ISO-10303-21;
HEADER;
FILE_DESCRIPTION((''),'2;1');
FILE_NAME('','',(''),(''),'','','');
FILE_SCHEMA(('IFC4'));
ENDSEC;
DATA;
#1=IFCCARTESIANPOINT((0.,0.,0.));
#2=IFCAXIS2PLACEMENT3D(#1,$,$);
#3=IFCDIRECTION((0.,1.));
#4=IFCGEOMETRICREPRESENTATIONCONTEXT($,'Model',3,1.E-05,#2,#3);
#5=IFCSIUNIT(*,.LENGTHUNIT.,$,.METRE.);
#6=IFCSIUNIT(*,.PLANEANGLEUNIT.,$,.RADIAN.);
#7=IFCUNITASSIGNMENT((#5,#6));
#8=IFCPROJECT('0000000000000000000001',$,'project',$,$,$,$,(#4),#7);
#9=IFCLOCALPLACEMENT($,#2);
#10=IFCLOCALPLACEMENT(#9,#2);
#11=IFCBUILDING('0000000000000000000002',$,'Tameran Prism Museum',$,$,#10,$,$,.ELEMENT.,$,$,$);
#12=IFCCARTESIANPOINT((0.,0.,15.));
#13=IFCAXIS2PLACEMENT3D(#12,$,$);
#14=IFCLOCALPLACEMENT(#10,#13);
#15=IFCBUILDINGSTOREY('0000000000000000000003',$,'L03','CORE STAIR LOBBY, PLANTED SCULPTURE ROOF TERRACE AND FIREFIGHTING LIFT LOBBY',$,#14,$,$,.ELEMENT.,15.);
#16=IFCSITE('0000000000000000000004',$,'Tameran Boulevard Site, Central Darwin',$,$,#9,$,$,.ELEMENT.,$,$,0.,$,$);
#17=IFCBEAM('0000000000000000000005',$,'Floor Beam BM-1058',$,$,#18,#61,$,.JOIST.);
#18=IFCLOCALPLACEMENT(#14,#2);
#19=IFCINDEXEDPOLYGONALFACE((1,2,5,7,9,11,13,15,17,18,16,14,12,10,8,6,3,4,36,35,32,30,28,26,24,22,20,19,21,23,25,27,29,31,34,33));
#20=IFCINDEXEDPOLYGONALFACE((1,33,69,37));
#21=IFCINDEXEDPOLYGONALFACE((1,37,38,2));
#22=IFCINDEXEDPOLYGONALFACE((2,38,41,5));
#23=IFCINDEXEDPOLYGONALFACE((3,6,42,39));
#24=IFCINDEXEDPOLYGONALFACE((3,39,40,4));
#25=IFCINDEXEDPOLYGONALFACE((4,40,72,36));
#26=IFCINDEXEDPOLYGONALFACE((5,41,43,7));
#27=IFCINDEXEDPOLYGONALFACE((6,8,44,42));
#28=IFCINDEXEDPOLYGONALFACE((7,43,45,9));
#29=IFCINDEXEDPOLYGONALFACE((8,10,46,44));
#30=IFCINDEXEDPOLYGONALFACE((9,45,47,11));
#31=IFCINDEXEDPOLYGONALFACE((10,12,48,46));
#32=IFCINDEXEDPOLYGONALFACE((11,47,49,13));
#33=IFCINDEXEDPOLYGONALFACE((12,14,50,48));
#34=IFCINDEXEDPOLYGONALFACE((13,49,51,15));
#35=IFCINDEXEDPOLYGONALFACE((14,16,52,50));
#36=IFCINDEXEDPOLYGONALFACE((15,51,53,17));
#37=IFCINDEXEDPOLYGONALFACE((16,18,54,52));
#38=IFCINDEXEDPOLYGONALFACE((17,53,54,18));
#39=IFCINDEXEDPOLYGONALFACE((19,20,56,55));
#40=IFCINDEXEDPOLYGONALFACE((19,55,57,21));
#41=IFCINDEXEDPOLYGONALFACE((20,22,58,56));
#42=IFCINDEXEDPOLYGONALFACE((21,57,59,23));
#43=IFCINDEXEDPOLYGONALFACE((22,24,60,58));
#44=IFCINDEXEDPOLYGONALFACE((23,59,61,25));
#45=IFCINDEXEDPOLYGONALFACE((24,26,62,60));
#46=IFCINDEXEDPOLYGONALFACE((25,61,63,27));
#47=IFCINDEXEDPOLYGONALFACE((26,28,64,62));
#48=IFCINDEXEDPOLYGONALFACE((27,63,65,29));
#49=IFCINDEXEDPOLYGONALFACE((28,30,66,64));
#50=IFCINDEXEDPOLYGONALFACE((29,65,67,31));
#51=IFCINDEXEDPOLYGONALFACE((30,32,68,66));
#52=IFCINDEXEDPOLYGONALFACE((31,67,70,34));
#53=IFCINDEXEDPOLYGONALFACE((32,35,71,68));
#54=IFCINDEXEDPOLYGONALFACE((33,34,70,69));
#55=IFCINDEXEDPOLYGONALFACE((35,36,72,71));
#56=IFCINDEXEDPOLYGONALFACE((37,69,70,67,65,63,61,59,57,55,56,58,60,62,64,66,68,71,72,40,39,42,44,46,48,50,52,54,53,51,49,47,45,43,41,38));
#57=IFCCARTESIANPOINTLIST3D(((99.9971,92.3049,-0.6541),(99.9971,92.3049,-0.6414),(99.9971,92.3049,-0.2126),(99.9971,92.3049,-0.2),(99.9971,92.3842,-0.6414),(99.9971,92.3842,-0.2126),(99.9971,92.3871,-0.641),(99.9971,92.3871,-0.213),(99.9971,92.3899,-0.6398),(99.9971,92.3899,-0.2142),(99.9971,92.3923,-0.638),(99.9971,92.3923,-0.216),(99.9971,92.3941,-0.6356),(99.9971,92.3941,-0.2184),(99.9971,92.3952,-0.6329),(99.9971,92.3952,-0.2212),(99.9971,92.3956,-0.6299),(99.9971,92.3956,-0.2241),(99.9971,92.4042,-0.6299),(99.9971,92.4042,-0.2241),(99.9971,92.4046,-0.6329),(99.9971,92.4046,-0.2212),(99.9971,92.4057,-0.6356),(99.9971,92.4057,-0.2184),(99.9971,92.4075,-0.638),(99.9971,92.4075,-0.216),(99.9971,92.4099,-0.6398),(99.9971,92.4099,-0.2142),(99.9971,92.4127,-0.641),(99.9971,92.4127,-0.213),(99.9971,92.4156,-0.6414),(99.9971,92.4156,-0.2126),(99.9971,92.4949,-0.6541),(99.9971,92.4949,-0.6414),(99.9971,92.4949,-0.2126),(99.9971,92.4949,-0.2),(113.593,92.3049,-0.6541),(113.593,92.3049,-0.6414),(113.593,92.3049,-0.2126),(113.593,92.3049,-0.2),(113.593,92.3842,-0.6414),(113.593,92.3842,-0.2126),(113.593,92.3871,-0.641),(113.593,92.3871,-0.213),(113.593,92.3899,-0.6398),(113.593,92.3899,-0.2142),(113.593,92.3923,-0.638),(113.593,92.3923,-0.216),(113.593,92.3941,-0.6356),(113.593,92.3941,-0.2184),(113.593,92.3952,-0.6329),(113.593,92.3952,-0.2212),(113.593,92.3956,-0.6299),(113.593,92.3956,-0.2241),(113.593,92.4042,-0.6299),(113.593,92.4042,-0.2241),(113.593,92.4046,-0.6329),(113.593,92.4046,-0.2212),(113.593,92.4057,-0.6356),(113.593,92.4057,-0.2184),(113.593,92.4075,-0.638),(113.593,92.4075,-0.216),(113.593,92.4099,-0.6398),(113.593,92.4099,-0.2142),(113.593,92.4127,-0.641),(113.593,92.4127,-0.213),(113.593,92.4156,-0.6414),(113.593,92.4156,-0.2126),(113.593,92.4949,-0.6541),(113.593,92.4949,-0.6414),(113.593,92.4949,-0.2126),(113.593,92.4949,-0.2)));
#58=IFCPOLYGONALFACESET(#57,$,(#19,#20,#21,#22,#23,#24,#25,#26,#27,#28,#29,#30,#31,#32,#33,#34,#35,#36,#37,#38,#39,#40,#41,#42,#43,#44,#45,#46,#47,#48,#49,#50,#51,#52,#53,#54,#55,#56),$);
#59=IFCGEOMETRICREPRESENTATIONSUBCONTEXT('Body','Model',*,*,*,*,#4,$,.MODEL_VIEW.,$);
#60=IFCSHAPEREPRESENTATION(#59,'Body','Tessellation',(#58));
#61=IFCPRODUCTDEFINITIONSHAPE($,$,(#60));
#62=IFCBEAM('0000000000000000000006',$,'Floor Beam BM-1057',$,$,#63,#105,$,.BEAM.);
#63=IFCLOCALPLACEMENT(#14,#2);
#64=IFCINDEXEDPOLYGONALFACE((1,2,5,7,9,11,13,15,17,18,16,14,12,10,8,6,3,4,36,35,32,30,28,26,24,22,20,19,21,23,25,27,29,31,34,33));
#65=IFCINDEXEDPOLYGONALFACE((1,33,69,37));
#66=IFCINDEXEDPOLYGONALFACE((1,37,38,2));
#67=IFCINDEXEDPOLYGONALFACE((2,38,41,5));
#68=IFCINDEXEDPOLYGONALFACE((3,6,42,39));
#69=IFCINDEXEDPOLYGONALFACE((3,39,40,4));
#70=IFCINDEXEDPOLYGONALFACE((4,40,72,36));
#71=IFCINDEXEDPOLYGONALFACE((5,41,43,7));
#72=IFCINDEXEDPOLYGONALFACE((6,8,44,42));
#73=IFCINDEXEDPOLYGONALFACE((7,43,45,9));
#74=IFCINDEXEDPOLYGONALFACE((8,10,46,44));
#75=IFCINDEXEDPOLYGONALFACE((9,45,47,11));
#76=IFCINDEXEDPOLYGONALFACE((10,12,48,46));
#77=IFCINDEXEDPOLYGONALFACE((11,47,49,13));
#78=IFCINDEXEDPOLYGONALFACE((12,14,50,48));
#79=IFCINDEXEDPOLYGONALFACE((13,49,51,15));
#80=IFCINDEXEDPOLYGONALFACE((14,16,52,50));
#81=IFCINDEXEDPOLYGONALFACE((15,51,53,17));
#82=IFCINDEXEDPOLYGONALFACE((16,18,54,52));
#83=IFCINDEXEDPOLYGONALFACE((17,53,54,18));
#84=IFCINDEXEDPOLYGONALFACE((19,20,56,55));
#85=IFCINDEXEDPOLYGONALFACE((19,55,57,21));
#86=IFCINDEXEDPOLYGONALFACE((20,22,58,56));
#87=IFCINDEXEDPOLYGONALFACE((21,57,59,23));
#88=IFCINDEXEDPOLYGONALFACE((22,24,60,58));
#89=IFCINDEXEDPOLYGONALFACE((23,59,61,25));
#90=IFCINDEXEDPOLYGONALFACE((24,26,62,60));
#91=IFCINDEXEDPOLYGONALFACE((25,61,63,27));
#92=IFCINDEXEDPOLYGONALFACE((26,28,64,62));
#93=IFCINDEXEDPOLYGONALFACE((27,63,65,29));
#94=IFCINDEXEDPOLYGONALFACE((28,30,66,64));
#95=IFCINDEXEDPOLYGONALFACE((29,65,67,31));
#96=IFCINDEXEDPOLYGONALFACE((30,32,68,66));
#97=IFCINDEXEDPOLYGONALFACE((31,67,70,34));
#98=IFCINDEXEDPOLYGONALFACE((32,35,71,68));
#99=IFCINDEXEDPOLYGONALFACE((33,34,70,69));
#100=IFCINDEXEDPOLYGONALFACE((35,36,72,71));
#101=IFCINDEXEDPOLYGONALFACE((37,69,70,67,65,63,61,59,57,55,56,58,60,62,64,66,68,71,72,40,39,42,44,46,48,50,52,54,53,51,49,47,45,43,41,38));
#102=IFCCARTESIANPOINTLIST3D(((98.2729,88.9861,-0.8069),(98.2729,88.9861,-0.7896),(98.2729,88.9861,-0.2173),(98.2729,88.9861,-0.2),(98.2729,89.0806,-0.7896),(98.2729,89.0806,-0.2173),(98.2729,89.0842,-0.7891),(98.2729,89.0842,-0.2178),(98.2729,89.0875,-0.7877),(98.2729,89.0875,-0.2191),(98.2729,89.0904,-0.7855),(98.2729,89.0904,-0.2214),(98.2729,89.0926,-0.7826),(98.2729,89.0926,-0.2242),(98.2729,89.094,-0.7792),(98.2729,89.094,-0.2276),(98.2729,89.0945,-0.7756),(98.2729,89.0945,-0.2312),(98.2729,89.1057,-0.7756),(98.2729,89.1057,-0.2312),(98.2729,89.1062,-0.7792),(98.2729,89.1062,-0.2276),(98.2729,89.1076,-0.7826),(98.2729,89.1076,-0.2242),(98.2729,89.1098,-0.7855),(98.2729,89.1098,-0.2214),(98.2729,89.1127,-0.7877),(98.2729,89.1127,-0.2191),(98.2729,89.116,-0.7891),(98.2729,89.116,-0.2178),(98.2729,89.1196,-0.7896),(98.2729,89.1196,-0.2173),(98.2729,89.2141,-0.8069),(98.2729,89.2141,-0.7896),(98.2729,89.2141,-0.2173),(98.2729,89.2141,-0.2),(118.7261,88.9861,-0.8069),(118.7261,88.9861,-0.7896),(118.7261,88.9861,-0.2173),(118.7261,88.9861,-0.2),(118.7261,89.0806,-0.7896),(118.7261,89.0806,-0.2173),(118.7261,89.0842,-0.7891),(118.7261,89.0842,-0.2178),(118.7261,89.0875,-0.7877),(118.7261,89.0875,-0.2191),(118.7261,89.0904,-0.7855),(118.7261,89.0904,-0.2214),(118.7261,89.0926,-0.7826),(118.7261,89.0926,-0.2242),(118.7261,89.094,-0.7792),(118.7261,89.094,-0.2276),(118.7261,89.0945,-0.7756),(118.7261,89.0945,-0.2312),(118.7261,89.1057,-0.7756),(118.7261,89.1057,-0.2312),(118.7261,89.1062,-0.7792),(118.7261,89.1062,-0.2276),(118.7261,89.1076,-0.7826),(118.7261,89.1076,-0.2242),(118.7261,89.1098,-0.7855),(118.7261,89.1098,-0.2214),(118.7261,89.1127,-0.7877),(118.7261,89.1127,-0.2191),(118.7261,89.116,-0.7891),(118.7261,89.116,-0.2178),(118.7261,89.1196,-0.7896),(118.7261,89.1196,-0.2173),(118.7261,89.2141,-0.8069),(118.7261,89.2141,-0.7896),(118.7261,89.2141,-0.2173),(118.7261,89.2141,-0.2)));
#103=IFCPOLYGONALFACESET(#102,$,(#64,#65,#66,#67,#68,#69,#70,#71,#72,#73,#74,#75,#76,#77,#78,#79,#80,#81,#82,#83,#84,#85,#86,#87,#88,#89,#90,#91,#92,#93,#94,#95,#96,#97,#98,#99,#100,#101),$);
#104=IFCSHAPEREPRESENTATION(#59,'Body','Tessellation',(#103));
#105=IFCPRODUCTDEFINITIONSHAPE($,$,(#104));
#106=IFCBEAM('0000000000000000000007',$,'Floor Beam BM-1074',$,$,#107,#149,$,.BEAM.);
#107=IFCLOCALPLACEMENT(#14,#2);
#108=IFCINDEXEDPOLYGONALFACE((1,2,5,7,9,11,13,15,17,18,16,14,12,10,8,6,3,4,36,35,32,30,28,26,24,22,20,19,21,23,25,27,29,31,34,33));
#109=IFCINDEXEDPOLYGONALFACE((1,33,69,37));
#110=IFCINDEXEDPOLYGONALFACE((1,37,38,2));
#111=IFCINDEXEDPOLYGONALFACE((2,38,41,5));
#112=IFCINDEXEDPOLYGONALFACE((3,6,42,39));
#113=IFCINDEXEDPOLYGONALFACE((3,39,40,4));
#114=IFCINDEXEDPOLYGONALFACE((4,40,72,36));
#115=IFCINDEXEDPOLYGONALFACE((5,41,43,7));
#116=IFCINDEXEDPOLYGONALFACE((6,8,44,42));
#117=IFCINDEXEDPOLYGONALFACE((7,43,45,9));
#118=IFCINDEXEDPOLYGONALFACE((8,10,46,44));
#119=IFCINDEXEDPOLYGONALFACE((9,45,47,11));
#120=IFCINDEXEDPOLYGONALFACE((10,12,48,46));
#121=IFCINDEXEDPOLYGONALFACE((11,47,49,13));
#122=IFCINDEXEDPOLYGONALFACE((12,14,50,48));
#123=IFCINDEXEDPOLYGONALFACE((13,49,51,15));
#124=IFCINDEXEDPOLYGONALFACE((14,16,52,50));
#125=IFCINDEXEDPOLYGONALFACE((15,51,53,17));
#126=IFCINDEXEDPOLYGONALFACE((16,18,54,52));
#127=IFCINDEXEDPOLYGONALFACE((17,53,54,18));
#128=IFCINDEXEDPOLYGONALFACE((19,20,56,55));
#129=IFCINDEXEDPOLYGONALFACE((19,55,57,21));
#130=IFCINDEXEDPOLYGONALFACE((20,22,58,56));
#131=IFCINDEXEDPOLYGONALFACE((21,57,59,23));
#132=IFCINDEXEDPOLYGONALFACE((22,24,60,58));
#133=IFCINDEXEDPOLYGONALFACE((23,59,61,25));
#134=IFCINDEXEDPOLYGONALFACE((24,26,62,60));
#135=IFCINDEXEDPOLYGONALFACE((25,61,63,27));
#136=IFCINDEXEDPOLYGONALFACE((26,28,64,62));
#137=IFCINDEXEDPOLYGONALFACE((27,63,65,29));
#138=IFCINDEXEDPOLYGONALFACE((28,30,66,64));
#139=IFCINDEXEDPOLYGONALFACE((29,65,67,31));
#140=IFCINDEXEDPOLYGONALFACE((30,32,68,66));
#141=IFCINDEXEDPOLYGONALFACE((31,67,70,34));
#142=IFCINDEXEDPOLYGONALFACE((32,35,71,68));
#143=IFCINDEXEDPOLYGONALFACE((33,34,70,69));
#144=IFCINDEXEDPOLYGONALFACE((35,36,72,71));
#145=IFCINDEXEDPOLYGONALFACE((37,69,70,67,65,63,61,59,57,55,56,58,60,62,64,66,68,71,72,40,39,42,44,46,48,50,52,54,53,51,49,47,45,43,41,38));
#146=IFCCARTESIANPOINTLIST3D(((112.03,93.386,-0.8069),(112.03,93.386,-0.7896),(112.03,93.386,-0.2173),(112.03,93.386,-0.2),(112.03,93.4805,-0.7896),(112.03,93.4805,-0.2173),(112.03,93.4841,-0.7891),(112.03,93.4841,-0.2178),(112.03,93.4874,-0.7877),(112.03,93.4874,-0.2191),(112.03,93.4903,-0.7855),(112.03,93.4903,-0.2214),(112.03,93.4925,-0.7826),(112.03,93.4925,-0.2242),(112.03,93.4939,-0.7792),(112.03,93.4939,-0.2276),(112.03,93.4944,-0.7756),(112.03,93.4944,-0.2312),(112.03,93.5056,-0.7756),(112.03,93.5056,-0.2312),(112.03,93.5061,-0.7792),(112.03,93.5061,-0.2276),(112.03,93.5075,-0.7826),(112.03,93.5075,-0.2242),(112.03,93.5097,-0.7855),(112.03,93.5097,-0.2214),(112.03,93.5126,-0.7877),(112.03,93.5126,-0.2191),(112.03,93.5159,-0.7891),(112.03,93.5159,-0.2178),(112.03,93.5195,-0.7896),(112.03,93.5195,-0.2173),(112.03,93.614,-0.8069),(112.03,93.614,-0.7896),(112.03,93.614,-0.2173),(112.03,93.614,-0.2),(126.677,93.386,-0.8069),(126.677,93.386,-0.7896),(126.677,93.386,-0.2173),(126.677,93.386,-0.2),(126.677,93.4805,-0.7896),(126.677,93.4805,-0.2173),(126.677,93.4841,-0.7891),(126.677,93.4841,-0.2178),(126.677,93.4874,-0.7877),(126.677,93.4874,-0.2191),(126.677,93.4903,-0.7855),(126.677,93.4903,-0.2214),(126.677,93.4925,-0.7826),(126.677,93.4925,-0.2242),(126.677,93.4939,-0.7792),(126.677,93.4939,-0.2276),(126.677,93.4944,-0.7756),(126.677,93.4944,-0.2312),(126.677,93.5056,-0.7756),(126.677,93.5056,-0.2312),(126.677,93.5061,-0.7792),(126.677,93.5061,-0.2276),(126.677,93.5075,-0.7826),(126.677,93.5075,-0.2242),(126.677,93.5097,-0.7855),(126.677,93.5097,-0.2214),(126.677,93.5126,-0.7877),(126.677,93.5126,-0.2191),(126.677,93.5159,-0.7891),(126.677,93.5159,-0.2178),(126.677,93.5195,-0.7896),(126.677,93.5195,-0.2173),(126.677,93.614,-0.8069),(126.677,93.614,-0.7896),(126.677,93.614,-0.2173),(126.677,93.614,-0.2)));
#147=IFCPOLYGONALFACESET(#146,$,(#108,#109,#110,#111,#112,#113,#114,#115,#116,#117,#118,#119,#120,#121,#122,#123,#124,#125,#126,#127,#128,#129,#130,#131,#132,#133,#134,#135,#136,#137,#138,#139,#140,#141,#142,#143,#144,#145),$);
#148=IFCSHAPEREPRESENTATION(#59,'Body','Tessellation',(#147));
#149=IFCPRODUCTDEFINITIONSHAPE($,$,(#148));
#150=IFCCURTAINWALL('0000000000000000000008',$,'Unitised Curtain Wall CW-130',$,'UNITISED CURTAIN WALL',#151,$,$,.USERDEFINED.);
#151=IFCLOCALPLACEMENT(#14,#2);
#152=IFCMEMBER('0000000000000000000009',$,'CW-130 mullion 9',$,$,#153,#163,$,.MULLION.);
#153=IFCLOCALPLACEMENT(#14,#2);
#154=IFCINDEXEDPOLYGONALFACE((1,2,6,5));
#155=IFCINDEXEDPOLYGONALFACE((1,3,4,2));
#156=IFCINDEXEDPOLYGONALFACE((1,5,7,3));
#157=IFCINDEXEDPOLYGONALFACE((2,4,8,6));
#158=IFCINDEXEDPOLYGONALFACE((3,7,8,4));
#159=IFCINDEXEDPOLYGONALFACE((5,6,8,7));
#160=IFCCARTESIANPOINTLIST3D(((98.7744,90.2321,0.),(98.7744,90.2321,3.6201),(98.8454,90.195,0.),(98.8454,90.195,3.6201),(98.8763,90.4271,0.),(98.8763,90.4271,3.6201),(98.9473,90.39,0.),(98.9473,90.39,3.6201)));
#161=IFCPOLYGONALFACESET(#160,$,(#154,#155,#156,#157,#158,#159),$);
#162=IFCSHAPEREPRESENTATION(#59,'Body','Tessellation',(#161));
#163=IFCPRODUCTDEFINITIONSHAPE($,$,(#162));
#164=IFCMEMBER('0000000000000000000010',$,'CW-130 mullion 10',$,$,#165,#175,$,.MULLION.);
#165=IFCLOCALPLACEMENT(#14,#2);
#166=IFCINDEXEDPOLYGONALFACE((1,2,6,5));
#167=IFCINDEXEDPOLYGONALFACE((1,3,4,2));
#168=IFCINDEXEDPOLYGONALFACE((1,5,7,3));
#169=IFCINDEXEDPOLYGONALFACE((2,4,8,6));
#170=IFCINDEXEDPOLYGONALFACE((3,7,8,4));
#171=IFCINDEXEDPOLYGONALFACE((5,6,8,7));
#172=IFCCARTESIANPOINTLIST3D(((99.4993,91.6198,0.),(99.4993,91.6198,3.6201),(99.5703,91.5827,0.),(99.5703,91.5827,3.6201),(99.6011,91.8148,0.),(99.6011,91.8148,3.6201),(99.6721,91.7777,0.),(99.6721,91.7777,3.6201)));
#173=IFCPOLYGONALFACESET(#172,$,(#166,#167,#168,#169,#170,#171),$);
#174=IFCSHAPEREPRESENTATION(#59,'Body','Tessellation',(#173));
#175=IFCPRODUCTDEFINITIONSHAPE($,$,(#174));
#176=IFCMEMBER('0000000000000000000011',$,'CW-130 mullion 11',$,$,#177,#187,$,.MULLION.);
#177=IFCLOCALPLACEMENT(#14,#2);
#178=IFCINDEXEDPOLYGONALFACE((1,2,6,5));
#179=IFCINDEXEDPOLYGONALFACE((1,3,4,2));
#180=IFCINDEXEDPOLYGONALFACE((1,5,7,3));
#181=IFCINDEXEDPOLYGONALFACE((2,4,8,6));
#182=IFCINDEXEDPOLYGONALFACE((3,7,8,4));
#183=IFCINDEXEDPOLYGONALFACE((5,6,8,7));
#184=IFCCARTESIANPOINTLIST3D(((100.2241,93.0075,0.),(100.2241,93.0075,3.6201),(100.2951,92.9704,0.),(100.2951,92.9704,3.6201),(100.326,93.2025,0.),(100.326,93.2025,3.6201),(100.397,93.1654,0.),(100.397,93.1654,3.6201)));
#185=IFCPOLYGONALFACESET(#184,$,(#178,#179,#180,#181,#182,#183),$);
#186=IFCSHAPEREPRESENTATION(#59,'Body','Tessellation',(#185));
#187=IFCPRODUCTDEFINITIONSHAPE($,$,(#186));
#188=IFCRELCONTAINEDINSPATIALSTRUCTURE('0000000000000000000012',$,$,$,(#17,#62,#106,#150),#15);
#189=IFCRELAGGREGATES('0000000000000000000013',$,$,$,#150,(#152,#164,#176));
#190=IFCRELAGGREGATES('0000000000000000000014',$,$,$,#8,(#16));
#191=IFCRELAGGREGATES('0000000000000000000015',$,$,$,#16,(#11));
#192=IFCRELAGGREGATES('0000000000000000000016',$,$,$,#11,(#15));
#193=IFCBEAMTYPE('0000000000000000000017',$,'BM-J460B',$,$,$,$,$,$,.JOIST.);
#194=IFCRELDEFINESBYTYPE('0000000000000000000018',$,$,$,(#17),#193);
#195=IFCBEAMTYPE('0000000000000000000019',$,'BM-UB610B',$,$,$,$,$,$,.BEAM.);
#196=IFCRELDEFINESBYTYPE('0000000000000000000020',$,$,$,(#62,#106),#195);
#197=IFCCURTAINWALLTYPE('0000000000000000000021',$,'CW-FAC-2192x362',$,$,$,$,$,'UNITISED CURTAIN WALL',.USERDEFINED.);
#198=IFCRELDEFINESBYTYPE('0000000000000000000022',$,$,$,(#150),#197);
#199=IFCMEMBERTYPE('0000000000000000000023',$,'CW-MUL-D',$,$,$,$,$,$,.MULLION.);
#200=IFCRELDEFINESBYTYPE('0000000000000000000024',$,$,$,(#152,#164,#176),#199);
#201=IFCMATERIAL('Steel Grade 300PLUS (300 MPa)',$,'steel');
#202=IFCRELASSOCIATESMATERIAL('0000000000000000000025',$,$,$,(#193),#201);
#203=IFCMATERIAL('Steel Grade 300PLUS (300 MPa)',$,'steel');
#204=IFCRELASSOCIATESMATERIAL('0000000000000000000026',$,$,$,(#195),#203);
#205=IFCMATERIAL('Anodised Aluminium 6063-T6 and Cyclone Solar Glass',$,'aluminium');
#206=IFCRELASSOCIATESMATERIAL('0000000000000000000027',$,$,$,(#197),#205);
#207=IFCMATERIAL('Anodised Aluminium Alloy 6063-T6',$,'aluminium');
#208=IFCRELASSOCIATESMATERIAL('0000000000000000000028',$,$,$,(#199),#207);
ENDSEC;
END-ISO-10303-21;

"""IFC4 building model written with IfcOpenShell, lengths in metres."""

from ifc_helpers import new_model, si_unit, direction, frame, origin, origin_2d, place, context, subcontext, project, spatial, rectangle, i_section, extrude, material, material_profile, profile_set, type_object, element, aggregate, save


model = new_model("IFC4")

# Units and contexts
model_context = context("Model", 3, precision=1e-05, world=origin(), true_north=direction((0.0, 1.0)))
body_context = subcontext(model_context, "Body", "Model", "MODEL_VIEW")
ifc_project = project(units=[si_unit("LENGTHUNIT", "METRE"), si_unit("PLANEANGLEUNIT", "RADIAN")], contexts=[model_context])

# Site, building, storey
site_placement = place(None, origin())
site = spatial("IfcSite", under=ifc_project, at=site_placement, Name="Tameran Boulevard Site, Central Darwin", CompositionType="ELEMENT", RefElevation=0.0)
building_placement = place(site_placement, origin())
building = spatial("IfcBuilding", under=site, at=building_placement, Name="Tameran Prism Museum", CompositionType="ELEMENT")
storey_placement = place(building_placement, frame((0.0, 0.0, 15.0)))
storey = spatial("IfcBuildingStorey", under=building, at=storey_placement, Name="L03", Description="CORE STAIR LOBBY, PLANTED SCULPTURE ROOF TERRACE AND FIREFIGHTING LIFT LOBBY", CompositionType="ELEMENT", Elevation=15.0)

# Beams
ifc_material_1 = material(Name="Steel Grade 300PLUS (300 MPa)", Category="steel")
ifc_material_profile_1 = material_profile(ifc_material_1, i_section(OverallWidth=0.1899, OverallDepth=0.4541, WebThickness=0.0085, FlangeThickness=0.0127, FilletRadius=0.0115, at=origin_2d()))
ifc_profile_set_1 = profile_set([ifc_material_profile_1])
beam_type_1 = type_object("IfcBeamType", Name="BM-J460B", PredefinedType="JOIST", material=ifc_profile_set_1)
beam_1_placement = place(storey_placement, frame((99.9971, 92.3999, -0.427), z_axis=(1.0, 0.0, 0.0), x_axis=(0.0, 1.0, 0.0)))
element("IfcBeam", 1, at=beam_1_placement, inside=storey, type_object=beam_type_1, Name="Floor Beam BM-1058", PredefinedType="JOIST", context=body_context, shape_type="SweptSolid", body=[
    extrude(i_section(OverallWidth=0.1899, OverallDepth=0.4541, WebThickness=0.0085, FlangeThickness=0.0127, FilletRadius=0.0115, at=origin_2d()), origin(), (0.0, 0.0, 1.0), 13.5959),
])
ifc_material_2 = material(Name="Steel Grade 300PLUS (300 MPa)", Category="steel")
ifc_material_profile_2 = material_profile(ifc_material_2, i_section(OverallWidth=0.228, OverallDepth=0.6069, WebThickness=0.0112, FlangeThickness=0.0173, FilletRadius=0.0139, at=origin_2d()))
ifc_profile_set_2 = profile_set([ifc_material_profile_2])
beam_type_2 = type_object("IfcBeamType", Name="BM-UB610B", PredefinedType="BEAM", material=ifc_profile_set_2)
beam_2_placement = place(storey_placement, frame((98.2729, 89.1001, -0.5034), z_axis=(1.0, 0.0, 0.0), x_axis=(0.0, 1.0, 0.0)))
element("IfcBeam", 2, at=beam_2_placement, inside=storey, type_object=beam_type_2, Name="Floor Beam BM-1057", PredefinedType="BEAM", context=body_context, shape_type="SweptSolid", body=[
    extrude(i_section(OverallWidth=0.228, OverallDepth=0.6069, WebThickness=0.0112, FlangeThickness=0.0173, FilletRadius=0.0139, at=origin_2d()), origin(), (0.0, 0.0, 1.0), 20.4531),
])
beam_3_placement = place(storey_placement, frame((112.03, 93.5, -0.5034), z_axis=(1.0, 0.0, 0.0), x_axis=(0.0, 1.0, 0.0)))
element("IfcBeam", 3, at=beam_3_placement, inside=storey, type_object=beam_type_2, Name="Floor Beam BM-1074", PredefinedType="BEAM", context=body_context, shape_type="SweptSolid", body=[
    extrude(i_section(OverallWidth=0.228, OverallDepth=0.6069, WebThickness=0.0112, FlangeThickness=0.0173, FilletRadius=0.0139, at=origin_2d()), origin(), (0.0, 0.0, 1.0), 14.647),
])

# Curtain wall, members
ifc_material_3 = material(Name="Anodised Aluminium 6063-T6 and Cyclone Solar Glass", Category="aluminium")
curtain_wall_type = type_object("IfcCurtainWallType", Name="CW-FAC-2192x362", ElementType="UNITISED CURTAIN WALL", PredefinedType="USERDEFINED", material=ifc_material_3)
curtain_wall_placement = place(storey_placement, origin())
curtain_wall = element("IfcCurtainWall", 4, at=curtain_wall_placement, inside=storey, type_object=curtain_wall_type, Name="Unitised Curtain Wall CW-130", ObjectType="UNITISED CURTAIN WALL", PredefinedType="USERDEFINED")
ifc_material_4 = material(Name="Anodised Aluminium Alloy 6063-T6", Category="aluminium")
ifc_material_profile_3 = material_profile(ifc_material_4, rectangle(XDim=0.0801, YDim=0.22, at=origin_2d()))
ifc_profile_set_3 = profile_set([ifc_material_profile_3])
member_type_1 = type_object("IfcMemberType", Name="CW-MUL-D", PredefinedType="MULLION", material=ifc_profile_set_3)
member_1_placement = place(storey_placement, frame((98.8608, 90.311, 0.0), z_axis=(0.0, 0.0, 1.0), x_axis=(-0.886357, 0.463003, 0.0)))
member_1 = element("IfcMember", 5, at=member_1_placement, type_object=member_type_1, Name="CW-130 mullion 9", PredefinedType="MULLION", context=body_context, shape_type="SweptSolid", body=[
    extrude(rectangle(XDim=0.0801, YDim=0.22, at=origin_2d()), origin(), (0.0, 0.0, 1.0), 3.6201),
])
member_2_placement = place(storey_placement, frame((99.5857, 91.6987, 0.0), z_axis=(0.0, 0.0, 1.0), x_axis=(-0.886357, 0.463003, 0.0)))
member_2 = element("IfcMember", 6, at=member_2_placement, type_object=member_type_1, Name="CW-130 mullion 10", PredefinedType="MULLION", context=body_context, shape_type="SweptSolid", body=[
    extrude(rectangle(XDim=0.0801, YDim=0.22, at=origin_2d()), origin(), (0.0, 0.0, 1.0), 3.6201),
])
member_3_placement = place(storey_placement, frame((100.3105, 93.0864, 0.0), z_axis=(0.0, 0.0, 1.0), x_axis=(-0.886357, 0.463003, 0.0)))
member_3 = element("IfcMember", 7, at=member_3_placement, type_object=member_type_1, Name="CW-130 mullion 11", PredefinedType="MULLION", context=body_context, shape_type="SweptSolid", body=[
    extrude(rectangle(XDim=0.0801, YDim=0.22, at=origin_2d()), origin(), (0.0, 0.0, 1.0), 3.6201),
])
aggregate(curtain_wall, [member_1, member_2, member_3])

save(model, "model.ifc")
